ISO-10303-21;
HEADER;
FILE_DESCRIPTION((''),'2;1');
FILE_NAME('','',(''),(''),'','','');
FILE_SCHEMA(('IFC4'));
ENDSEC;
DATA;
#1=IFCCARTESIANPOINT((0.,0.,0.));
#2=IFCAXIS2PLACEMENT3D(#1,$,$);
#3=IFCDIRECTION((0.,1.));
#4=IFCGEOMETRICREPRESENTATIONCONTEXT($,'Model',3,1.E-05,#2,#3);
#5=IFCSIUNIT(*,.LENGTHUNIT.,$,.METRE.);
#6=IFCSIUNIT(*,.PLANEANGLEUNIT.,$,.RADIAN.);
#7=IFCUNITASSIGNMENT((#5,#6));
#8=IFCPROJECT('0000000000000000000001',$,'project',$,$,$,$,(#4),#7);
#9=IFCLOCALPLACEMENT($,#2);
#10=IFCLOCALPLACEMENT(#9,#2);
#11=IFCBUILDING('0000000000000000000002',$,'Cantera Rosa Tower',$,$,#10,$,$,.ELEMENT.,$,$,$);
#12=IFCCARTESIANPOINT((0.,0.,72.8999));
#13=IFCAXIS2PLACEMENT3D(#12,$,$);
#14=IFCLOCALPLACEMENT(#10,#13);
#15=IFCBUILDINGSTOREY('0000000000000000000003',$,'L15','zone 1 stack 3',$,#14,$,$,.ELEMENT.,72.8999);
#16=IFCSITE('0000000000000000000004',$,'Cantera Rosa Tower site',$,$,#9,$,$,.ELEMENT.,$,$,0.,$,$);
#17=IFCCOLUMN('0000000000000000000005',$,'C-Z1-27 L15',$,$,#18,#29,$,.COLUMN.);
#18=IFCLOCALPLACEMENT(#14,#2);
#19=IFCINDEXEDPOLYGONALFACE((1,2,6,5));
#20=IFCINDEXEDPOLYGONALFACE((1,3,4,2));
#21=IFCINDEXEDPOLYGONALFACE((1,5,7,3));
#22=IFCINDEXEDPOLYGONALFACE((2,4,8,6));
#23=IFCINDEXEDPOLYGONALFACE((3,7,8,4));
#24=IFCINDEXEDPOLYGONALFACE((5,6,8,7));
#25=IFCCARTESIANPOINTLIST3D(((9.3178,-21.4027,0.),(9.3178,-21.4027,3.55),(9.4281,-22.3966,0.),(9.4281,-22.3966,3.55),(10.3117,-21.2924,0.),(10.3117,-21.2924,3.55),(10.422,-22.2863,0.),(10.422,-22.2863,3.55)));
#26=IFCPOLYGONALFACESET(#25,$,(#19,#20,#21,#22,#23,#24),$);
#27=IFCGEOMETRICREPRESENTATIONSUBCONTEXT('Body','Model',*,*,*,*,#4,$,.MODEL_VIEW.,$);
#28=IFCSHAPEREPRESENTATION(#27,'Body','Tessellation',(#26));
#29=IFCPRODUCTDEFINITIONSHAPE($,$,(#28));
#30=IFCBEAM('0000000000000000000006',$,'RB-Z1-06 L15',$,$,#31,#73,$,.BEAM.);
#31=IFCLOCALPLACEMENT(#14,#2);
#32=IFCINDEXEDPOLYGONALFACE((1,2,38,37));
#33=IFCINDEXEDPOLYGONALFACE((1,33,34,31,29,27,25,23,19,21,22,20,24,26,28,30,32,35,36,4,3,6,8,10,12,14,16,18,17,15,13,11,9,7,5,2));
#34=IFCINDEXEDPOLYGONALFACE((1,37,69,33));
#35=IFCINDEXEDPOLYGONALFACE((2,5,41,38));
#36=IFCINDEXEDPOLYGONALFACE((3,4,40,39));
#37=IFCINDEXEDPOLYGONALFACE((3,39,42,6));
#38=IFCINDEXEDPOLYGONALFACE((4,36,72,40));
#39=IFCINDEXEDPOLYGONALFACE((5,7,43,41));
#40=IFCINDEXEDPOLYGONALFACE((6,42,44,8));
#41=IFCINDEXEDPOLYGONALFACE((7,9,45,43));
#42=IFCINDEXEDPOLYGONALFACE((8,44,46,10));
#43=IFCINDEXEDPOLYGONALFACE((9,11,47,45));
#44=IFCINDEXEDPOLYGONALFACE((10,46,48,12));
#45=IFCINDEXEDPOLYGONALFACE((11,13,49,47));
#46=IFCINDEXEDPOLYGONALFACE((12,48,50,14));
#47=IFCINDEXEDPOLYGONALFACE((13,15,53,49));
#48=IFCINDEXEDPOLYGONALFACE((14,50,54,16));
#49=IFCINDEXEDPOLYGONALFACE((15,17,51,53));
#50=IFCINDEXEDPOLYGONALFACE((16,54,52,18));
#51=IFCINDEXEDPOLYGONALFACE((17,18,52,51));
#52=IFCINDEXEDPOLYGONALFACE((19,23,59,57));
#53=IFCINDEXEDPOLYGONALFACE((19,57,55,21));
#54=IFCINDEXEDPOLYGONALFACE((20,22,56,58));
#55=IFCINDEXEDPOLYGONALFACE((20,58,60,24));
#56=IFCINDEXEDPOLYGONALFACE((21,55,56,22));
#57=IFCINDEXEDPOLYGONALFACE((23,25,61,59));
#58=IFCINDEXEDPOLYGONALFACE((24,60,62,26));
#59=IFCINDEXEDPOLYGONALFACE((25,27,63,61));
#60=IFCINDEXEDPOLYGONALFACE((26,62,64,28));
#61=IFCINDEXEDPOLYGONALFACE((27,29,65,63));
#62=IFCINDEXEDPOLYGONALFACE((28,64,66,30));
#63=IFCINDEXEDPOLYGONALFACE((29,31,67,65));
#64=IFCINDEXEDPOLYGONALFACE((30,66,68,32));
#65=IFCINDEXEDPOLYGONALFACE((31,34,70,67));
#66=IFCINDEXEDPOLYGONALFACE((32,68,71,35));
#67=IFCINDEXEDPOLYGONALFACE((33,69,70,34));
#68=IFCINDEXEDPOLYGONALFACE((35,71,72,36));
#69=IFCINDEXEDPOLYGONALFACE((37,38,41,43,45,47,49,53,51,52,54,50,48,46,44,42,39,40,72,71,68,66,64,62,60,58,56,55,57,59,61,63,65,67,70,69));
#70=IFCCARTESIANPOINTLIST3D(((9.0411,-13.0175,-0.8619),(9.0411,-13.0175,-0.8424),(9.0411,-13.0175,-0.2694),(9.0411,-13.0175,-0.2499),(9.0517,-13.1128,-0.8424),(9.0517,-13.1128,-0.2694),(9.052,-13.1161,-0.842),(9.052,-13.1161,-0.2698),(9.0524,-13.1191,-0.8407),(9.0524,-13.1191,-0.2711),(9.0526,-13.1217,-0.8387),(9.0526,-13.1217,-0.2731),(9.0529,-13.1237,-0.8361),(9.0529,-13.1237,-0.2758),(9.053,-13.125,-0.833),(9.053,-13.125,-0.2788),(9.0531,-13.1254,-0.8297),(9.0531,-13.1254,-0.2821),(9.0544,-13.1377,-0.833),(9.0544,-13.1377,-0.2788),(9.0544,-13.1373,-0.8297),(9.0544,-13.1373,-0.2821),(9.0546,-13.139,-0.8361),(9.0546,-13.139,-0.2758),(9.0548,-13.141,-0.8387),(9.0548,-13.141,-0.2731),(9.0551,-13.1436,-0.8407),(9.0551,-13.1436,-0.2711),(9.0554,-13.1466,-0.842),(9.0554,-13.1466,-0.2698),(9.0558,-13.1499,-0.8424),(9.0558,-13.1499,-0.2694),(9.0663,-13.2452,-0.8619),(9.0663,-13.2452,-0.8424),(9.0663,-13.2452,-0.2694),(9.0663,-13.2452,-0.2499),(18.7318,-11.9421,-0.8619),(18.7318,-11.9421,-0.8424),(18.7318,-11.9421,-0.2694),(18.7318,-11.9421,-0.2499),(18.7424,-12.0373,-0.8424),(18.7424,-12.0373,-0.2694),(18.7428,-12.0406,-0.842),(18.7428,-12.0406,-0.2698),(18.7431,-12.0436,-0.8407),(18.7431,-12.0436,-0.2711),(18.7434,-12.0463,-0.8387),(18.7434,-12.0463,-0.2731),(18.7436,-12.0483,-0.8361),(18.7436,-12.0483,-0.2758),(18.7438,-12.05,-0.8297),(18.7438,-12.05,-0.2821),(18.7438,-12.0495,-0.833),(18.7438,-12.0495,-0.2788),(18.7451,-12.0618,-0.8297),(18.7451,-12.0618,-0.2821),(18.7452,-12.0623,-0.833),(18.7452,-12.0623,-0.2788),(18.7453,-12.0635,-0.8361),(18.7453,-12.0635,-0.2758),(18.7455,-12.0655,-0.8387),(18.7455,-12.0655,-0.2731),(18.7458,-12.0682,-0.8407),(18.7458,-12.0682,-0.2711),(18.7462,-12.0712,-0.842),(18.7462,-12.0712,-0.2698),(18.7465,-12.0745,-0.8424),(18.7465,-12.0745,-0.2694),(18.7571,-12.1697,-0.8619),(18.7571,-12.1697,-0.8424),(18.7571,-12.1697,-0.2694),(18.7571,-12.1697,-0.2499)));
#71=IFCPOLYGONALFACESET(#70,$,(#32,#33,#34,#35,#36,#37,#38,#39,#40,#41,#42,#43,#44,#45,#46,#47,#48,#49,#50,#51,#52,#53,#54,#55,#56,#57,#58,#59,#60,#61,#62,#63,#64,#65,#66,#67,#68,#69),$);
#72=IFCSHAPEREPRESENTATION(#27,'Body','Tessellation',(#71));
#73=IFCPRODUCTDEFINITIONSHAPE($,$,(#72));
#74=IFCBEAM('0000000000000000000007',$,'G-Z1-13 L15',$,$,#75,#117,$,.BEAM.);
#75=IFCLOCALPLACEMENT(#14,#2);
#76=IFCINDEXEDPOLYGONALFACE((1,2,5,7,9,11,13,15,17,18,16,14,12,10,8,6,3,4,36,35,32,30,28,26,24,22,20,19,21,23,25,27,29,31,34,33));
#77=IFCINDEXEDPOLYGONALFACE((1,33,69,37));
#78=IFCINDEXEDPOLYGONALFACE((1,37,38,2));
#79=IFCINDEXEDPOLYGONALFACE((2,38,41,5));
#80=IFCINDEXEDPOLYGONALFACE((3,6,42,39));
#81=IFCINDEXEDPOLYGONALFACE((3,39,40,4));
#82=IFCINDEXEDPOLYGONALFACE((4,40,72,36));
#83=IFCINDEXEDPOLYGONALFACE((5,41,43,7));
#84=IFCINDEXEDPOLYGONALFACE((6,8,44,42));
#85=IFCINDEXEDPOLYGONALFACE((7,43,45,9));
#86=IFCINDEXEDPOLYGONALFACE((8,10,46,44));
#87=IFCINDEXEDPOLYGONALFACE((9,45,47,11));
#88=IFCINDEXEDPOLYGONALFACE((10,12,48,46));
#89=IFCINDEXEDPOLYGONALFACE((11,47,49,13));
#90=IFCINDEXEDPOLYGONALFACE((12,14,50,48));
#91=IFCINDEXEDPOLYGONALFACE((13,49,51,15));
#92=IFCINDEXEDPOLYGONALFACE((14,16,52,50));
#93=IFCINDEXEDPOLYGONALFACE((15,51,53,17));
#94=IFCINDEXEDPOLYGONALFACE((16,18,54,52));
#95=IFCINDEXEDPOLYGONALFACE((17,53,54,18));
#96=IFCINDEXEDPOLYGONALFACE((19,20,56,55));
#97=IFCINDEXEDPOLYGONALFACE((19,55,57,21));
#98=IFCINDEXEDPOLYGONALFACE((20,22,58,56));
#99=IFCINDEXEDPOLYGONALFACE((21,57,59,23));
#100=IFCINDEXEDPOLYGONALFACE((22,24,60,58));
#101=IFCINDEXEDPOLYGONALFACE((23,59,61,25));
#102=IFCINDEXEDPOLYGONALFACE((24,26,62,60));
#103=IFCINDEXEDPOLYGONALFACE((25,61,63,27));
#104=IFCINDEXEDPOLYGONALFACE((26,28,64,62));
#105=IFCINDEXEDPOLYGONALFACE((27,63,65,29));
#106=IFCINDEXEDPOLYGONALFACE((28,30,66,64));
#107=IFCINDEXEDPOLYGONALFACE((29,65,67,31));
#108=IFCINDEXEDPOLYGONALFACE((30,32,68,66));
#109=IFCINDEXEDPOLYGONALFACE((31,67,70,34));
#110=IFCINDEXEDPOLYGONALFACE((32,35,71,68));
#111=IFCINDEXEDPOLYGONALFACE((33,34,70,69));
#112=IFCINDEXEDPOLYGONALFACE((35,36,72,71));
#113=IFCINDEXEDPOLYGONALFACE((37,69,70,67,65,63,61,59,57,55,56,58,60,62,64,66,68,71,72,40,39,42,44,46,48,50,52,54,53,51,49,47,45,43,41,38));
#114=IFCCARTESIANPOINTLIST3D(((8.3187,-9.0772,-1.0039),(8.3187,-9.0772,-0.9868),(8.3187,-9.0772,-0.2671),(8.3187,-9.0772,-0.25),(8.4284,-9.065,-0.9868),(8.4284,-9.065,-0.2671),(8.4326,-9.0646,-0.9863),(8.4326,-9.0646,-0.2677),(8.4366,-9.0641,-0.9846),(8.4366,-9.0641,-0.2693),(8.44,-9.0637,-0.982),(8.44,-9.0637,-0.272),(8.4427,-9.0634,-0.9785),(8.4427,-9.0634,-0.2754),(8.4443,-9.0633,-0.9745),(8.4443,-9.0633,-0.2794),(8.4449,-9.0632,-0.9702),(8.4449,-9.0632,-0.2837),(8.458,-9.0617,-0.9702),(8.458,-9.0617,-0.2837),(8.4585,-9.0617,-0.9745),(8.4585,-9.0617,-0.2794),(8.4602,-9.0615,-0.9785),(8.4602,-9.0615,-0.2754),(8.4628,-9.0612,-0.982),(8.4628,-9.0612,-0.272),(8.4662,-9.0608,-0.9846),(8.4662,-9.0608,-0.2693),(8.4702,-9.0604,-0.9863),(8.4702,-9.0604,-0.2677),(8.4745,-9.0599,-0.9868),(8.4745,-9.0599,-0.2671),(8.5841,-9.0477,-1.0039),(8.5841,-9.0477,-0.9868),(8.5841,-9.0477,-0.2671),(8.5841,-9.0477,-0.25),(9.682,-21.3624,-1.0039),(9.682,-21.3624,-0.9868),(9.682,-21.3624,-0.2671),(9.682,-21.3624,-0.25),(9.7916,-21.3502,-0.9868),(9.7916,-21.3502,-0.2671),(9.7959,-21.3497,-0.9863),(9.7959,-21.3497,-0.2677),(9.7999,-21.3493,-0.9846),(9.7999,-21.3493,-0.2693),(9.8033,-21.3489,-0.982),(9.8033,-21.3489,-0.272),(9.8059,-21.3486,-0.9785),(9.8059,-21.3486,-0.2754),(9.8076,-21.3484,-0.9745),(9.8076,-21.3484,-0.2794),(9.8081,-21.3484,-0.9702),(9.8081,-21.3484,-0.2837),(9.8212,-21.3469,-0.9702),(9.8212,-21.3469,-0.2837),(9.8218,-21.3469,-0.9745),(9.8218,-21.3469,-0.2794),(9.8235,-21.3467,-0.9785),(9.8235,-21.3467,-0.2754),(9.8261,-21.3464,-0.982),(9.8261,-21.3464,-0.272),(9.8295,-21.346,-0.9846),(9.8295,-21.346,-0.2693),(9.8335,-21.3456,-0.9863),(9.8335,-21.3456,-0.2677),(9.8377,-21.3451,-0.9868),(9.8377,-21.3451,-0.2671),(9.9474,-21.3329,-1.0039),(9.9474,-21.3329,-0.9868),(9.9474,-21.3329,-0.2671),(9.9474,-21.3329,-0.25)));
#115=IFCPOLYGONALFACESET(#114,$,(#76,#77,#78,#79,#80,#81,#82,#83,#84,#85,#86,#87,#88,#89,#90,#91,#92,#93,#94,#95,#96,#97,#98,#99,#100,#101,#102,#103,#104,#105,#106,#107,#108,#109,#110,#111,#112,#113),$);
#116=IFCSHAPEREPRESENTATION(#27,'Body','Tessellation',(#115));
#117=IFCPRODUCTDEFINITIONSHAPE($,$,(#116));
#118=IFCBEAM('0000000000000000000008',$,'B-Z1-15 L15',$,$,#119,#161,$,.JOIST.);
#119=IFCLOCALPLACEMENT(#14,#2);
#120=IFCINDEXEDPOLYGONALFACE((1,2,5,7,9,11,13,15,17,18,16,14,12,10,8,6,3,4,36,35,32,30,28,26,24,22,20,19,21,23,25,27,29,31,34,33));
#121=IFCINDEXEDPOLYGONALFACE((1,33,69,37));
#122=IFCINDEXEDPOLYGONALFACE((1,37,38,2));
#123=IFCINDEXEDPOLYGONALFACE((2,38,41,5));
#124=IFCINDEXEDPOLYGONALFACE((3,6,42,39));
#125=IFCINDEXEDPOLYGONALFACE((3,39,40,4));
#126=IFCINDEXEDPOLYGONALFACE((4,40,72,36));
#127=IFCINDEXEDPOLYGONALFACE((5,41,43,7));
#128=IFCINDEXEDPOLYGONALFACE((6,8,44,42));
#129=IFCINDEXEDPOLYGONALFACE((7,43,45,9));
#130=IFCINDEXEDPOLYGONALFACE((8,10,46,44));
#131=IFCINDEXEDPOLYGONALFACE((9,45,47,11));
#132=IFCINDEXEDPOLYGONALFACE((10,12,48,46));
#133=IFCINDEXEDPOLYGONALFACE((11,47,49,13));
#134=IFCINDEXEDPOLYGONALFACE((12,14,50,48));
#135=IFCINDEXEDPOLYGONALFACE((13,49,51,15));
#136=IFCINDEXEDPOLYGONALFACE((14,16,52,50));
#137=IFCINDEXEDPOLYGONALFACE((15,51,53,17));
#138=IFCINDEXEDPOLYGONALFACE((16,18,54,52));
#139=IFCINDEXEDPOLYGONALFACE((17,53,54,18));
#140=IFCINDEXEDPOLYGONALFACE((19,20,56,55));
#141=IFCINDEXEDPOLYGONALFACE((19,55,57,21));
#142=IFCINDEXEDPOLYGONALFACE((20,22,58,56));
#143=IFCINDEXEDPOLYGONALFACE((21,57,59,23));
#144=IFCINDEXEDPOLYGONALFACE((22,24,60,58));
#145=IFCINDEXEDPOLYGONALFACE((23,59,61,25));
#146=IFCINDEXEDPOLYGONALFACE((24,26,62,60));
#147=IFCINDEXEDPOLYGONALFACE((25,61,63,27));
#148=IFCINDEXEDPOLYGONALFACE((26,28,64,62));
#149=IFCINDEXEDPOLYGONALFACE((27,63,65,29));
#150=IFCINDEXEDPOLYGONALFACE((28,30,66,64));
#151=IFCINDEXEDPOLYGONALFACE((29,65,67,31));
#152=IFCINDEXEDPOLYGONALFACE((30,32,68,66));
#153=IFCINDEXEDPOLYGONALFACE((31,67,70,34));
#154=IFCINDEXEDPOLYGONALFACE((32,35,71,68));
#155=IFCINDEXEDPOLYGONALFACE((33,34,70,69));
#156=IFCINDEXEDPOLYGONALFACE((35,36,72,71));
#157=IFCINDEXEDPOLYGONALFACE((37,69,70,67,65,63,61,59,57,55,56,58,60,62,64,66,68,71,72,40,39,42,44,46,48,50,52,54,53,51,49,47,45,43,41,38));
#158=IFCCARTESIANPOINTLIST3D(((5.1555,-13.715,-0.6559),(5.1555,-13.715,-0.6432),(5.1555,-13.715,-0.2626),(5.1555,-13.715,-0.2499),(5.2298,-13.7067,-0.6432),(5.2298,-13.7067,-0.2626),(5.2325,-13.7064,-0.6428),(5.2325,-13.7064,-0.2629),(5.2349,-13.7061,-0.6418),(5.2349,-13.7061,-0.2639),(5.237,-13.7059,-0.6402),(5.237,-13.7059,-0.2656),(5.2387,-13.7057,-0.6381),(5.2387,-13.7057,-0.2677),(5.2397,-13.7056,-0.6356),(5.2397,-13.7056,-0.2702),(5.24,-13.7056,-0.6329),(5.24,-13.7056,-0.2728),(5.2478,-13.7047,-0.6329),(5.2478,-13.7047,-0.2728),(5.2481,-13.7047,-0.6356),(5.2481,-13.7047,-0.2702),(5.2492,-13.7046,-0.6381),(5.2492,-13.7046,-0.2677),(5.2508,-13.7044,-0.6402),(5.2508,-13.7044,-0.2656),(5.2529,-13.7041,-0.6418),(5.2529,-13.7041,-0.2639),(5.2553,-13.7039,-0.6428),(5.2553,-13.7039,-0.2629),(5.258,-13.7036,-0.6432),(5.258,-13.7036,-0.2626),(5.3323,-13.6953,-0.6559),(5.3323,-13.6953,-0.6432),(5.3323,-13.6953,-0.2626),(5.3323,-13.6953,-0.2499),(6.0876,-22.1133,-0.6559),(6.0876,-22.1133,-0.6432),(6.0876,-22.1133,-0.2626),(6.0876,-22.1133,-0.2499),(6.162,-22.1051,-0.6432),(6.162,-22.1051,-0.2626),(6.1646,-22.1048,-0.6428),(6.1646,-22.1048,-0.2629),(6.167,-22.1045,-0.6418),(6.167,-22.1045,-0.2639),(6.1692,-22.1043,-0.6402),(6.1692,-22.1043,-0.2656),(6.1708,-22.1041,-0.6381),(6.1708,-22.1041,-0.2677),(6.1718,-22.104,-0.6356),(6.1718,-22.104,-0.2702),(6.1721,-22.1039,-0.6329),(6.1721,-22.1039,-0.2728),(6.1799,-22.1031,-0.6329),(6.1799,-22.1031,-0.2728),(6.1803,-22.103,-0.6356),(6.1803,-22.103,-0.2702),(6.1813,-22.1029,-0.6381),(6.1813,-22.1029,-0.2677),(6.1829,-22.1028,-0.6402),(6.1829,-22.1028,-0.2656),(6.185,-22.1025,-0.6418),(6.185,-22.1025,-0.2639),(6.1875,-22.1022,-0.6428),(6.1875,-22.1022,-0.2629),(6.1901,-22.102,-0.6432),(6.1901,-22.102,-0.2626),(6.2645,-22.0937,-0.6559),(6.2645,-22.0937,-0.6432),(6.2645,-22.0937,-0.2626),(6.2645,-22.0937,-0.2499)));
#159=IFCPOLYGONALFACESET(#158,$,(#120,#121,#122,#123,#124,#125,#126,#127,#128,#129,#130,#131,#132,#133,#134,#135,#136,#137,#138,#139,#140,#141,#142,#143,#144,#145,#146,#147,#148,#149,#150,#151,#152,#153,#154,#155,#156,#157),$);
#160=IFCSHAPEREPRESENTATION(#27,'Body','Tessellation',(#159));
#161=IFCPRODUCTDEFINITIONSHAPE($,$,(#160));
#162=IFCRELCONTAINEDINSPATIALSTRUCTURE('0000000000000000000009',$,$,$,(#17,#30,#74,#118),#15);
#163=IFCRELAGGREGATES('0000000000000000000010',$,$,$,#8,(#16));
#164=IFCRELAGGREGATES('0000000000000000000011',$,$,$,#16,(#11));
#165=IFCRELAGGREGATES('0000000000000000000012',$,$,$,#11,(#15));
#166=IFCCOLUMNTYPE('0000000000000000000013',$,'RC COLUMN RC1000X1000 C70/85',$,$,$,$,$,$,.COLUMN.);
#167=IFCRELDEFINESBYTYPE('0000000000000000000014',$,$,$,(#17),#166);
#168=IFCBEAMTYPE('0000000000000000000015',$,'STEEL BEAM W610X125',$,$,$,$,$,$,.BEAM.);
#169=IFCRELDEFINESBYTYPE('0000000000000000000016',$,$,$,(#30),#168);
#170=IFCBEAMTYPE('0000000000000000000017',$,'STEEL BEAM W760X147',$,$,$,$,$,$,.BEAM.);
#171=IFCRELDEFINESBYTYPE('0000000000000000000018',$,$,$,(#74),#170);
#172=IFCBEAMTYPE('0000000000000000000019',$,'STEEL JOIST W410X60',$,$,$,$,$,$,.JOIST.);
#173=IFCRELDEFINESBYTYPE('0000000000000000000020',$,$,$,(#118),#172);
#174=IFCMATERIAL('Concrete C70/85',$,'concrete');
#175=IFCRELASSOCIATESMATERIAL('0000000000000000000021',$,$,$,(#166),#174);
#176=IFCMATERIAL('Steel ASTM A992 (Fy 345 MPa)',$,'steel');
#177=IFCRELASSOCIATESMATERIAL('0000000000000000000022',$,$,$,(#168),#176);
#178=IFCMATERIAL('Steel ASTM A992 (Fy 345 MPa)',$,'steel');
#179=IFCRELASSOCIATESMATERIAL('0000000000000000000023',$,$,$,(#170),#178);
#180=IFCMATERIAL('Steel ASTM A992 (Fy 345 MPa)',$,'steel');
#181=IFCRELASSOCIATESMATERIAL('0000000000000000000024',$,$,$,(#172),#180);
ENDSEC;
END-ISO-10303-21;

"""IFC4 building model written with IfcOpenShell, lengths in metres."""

from ifc_helpers import new_model, si_unit, direction, frame, origin, origin_2d, place, context, subcontext, project, spatial, rectangle, i_section, extrude, material, material_profile, profile_set, type_object, element, save


model = new_model("IFC4")

# Units and contexts
model_context = context("Model", 3, precision=1e-05, world=origin(), true_north=direction((0.0, 1.0)))
body_context = subcontext(model_context, "Body", "Model", "MODEL_VIEW")
ifc_project = project(units=[si_unit("LENGTHUNIT", "METRE"), si_unit("PLANEANGLEUNIT", "RADIAN")], contexts=[model_context])

# Site, building, storey
site_placement = place(None, origin())
site = spatial("IfcSite", under=ifc_project, at=site_placement, Name="Cantera Rosa Tower site", CompositionType="ELEMENT", RefElevation=0.0)
building_placement = place(site_placement, origin())
building = spatial("IfcBuilding", under=site, at=building_placement, Name="Cantera Rosa Tower", CompositionType="ELEMENT")
storey_placement = place(building_placement, frame((0.0, 0.0, 72.8999)))
storey = spatial("IfcBuildingStorey", under=building, at=storey_placement, Name="L15", Description="zone 1 stack 3", CompositionType="ELEMENT", Elevation=72.8999)

# Column
ifc_material_1 = material(Name="Concrete C70/85", Category="concrete")
ifc_material_profile_1 = material_profile(ifc_material_1, rectangle(XDim=1.0, YDim=1.0, at=origin_2d()), Name="RC COLUMN RC1000X1000 C70/85")
ifc_profile_set_1 = profile_set([ifc_material_profile_1], Name="Concrete C70/85")
column_type = type_object("IfcColumnType", Name="RC COLUMN RC1000X1000 C70/85", PredefinedType="COLUMN", material=ifc_profile_set_1)
column_placement = place(storey_placement, frame((9.8699, -21.8445, 0.0), z_axis=(0.0, 0.0, 1.0), x_axis=(0.993897, 0.110313, 0.0)))
element("IfcColumn", 1, at=column_placement, inside=storey, type_object=column_type, Name="C-Z1-27 L15", PredefinedType="COLUMN", context=body_context, shape_type="SweptSolid", body=[
    extrude(rectangle(XDim=1.0, YDim=1.0, at=origin_2d()), origin(), (0.0, 0.0, 1.0), 3.55),
])

# Beams
ifc_material_2 = material(Name="Steel ASTM A992 (Fy 345 MPa)", Category="steel")
ifc_material_profile_2 = material_profile(ifc_material_2, i_section(OverallWidth=0.229, OverallDepth=0.6121, WebThickness=0.012, FlangeThickness=0.0195, FilletRadius=0.0127, at=origin_2d()), Name="W610X125")
ifc_profile_set_2 = profile_set([ifc_material_profile_2], Name="Steel ASTM A992 (Fy 345 MPa)")
beam_type_1 = type_object("IfcBeamType", Name="STEEL BEAM W610X125", PredefinedType="BEAM", material=ifc_profile_set_2)
beam_1_placement = place(storey_placement, frame((9.0537, -13.1313, -0.5559), z_axis=(0.993898, 0.1103, 0.0), x_axis=(-0.1103, 0.993898, 0.0)))
element("IfcBeam", 2, at=beam_1_placement, inside=storey, type_object=beam_type_1, Name="RB-Z1-06 L15", PredefinedType="BEAM", context=body_context, shape_type="SweptSolid", body=[
    extrude(i_section(OverallWidth=0.229, OverallDepth=0.6121, WebThickness=0.012, FlangeThickness=0.0195, FilletRadius=0.0127, at=origin_2d()), origin(), (0.0, 0.0, 1.0), 9.7502),
])
ifc_material_3 = material(Name="Steel ASTM A992 (Fy 345 MPa)", Category="steel")
ifc_material_profile_3 = material_profile(ifc_material_3, i_section(OverallWidth=0.2671, OverallDepth=0.7539, WebThickness=0.0132, FlangeThickness=0.0171, FilletRadius=0.0166, at=origin_2d()), Name="W760X147")
ifc_profile_set_3 = profile_set([ifc_material_profile_3], Name="Steel ASTM A992 (Fy 345 MPa)")
beam_type_2 = type_object("IfcBeamType", Name="STEEL BEAM W760X147", PredefinedType="BEAM", material=ifc_profile_set_3)
beam_2_placement = place(storey_placement, frame((9.8147, -21.3477, -0.627), z_axis=(-0.110293, 0.993899, 0.0), x_axis=(-0.993899, -0.110293, 0.0)))
element("IfcBeam", 3, at=beam_2_placement, inside=storey, type_object=beam_type_2, Name="G-Z1-13 L15", PredefinedType="BEAM", context=body_context, shape_type="SweptSolid", body=[
    extrude(i_section(OverallWidth=0.2671, OverallDepth=0.7539, WebThickness=0.0132, FlangeThickness=0.0171, FilletRadius=0.0166, at=origin_2d()), origin(), (0.0, 0.0, 1.0), 12.3606),
])
ifc_material_4 = material(Name="Steel ASTM A992 (Fy 345 MPa)", Category="steel")
ifc_material_profile_4 = material_profile(ifc_material_4, i_section(OverallWidth=0.178, OverallDepth=0.406, WebThickness=0.0078, FlangeThickness=0.0127, FilletRadius=0.0103, at=origin_2d()), Name="W410X60")
ifc_profile_set_4 = profile_set([ifc_material_profile_4], Name="Steel ASTM A992 (Fy 345 MPa)")
beam_type_3 = type_object("IfcBeamType", Name="STEEL JOIST W410X60", PredefinedType="JOIST", material=ifc_profile_set_4)
for number, where, z_axis, x_axis, name in (
    (4, (6.176, -22.1035, -0.4529), (-0.110311, 0.993897, 0.0), (-0.993897, -0.110311, 0.0), "B-Z1-15 L15"),
):
    element("IfcBeam", number, at=place(storey_placement, frame(where, z_axis=z_axis, x_axis=x_axis)), inside=storey, type_object=beam_type_3, Name=name, PredefinedType="JOIST", context=body_context, shape_type="SweptSolid", body=[
        extrude(i_section(OverallWidth=0.178, OverallDepth=0.406, WebThickness=0.0078, FlangeThickness=0.0127, FilletRadius=0.0103, at=origin_2d()), origin(), (0.0, 0.0, 1.0), 8.45),
    ])

save(model, "model.ifc")
